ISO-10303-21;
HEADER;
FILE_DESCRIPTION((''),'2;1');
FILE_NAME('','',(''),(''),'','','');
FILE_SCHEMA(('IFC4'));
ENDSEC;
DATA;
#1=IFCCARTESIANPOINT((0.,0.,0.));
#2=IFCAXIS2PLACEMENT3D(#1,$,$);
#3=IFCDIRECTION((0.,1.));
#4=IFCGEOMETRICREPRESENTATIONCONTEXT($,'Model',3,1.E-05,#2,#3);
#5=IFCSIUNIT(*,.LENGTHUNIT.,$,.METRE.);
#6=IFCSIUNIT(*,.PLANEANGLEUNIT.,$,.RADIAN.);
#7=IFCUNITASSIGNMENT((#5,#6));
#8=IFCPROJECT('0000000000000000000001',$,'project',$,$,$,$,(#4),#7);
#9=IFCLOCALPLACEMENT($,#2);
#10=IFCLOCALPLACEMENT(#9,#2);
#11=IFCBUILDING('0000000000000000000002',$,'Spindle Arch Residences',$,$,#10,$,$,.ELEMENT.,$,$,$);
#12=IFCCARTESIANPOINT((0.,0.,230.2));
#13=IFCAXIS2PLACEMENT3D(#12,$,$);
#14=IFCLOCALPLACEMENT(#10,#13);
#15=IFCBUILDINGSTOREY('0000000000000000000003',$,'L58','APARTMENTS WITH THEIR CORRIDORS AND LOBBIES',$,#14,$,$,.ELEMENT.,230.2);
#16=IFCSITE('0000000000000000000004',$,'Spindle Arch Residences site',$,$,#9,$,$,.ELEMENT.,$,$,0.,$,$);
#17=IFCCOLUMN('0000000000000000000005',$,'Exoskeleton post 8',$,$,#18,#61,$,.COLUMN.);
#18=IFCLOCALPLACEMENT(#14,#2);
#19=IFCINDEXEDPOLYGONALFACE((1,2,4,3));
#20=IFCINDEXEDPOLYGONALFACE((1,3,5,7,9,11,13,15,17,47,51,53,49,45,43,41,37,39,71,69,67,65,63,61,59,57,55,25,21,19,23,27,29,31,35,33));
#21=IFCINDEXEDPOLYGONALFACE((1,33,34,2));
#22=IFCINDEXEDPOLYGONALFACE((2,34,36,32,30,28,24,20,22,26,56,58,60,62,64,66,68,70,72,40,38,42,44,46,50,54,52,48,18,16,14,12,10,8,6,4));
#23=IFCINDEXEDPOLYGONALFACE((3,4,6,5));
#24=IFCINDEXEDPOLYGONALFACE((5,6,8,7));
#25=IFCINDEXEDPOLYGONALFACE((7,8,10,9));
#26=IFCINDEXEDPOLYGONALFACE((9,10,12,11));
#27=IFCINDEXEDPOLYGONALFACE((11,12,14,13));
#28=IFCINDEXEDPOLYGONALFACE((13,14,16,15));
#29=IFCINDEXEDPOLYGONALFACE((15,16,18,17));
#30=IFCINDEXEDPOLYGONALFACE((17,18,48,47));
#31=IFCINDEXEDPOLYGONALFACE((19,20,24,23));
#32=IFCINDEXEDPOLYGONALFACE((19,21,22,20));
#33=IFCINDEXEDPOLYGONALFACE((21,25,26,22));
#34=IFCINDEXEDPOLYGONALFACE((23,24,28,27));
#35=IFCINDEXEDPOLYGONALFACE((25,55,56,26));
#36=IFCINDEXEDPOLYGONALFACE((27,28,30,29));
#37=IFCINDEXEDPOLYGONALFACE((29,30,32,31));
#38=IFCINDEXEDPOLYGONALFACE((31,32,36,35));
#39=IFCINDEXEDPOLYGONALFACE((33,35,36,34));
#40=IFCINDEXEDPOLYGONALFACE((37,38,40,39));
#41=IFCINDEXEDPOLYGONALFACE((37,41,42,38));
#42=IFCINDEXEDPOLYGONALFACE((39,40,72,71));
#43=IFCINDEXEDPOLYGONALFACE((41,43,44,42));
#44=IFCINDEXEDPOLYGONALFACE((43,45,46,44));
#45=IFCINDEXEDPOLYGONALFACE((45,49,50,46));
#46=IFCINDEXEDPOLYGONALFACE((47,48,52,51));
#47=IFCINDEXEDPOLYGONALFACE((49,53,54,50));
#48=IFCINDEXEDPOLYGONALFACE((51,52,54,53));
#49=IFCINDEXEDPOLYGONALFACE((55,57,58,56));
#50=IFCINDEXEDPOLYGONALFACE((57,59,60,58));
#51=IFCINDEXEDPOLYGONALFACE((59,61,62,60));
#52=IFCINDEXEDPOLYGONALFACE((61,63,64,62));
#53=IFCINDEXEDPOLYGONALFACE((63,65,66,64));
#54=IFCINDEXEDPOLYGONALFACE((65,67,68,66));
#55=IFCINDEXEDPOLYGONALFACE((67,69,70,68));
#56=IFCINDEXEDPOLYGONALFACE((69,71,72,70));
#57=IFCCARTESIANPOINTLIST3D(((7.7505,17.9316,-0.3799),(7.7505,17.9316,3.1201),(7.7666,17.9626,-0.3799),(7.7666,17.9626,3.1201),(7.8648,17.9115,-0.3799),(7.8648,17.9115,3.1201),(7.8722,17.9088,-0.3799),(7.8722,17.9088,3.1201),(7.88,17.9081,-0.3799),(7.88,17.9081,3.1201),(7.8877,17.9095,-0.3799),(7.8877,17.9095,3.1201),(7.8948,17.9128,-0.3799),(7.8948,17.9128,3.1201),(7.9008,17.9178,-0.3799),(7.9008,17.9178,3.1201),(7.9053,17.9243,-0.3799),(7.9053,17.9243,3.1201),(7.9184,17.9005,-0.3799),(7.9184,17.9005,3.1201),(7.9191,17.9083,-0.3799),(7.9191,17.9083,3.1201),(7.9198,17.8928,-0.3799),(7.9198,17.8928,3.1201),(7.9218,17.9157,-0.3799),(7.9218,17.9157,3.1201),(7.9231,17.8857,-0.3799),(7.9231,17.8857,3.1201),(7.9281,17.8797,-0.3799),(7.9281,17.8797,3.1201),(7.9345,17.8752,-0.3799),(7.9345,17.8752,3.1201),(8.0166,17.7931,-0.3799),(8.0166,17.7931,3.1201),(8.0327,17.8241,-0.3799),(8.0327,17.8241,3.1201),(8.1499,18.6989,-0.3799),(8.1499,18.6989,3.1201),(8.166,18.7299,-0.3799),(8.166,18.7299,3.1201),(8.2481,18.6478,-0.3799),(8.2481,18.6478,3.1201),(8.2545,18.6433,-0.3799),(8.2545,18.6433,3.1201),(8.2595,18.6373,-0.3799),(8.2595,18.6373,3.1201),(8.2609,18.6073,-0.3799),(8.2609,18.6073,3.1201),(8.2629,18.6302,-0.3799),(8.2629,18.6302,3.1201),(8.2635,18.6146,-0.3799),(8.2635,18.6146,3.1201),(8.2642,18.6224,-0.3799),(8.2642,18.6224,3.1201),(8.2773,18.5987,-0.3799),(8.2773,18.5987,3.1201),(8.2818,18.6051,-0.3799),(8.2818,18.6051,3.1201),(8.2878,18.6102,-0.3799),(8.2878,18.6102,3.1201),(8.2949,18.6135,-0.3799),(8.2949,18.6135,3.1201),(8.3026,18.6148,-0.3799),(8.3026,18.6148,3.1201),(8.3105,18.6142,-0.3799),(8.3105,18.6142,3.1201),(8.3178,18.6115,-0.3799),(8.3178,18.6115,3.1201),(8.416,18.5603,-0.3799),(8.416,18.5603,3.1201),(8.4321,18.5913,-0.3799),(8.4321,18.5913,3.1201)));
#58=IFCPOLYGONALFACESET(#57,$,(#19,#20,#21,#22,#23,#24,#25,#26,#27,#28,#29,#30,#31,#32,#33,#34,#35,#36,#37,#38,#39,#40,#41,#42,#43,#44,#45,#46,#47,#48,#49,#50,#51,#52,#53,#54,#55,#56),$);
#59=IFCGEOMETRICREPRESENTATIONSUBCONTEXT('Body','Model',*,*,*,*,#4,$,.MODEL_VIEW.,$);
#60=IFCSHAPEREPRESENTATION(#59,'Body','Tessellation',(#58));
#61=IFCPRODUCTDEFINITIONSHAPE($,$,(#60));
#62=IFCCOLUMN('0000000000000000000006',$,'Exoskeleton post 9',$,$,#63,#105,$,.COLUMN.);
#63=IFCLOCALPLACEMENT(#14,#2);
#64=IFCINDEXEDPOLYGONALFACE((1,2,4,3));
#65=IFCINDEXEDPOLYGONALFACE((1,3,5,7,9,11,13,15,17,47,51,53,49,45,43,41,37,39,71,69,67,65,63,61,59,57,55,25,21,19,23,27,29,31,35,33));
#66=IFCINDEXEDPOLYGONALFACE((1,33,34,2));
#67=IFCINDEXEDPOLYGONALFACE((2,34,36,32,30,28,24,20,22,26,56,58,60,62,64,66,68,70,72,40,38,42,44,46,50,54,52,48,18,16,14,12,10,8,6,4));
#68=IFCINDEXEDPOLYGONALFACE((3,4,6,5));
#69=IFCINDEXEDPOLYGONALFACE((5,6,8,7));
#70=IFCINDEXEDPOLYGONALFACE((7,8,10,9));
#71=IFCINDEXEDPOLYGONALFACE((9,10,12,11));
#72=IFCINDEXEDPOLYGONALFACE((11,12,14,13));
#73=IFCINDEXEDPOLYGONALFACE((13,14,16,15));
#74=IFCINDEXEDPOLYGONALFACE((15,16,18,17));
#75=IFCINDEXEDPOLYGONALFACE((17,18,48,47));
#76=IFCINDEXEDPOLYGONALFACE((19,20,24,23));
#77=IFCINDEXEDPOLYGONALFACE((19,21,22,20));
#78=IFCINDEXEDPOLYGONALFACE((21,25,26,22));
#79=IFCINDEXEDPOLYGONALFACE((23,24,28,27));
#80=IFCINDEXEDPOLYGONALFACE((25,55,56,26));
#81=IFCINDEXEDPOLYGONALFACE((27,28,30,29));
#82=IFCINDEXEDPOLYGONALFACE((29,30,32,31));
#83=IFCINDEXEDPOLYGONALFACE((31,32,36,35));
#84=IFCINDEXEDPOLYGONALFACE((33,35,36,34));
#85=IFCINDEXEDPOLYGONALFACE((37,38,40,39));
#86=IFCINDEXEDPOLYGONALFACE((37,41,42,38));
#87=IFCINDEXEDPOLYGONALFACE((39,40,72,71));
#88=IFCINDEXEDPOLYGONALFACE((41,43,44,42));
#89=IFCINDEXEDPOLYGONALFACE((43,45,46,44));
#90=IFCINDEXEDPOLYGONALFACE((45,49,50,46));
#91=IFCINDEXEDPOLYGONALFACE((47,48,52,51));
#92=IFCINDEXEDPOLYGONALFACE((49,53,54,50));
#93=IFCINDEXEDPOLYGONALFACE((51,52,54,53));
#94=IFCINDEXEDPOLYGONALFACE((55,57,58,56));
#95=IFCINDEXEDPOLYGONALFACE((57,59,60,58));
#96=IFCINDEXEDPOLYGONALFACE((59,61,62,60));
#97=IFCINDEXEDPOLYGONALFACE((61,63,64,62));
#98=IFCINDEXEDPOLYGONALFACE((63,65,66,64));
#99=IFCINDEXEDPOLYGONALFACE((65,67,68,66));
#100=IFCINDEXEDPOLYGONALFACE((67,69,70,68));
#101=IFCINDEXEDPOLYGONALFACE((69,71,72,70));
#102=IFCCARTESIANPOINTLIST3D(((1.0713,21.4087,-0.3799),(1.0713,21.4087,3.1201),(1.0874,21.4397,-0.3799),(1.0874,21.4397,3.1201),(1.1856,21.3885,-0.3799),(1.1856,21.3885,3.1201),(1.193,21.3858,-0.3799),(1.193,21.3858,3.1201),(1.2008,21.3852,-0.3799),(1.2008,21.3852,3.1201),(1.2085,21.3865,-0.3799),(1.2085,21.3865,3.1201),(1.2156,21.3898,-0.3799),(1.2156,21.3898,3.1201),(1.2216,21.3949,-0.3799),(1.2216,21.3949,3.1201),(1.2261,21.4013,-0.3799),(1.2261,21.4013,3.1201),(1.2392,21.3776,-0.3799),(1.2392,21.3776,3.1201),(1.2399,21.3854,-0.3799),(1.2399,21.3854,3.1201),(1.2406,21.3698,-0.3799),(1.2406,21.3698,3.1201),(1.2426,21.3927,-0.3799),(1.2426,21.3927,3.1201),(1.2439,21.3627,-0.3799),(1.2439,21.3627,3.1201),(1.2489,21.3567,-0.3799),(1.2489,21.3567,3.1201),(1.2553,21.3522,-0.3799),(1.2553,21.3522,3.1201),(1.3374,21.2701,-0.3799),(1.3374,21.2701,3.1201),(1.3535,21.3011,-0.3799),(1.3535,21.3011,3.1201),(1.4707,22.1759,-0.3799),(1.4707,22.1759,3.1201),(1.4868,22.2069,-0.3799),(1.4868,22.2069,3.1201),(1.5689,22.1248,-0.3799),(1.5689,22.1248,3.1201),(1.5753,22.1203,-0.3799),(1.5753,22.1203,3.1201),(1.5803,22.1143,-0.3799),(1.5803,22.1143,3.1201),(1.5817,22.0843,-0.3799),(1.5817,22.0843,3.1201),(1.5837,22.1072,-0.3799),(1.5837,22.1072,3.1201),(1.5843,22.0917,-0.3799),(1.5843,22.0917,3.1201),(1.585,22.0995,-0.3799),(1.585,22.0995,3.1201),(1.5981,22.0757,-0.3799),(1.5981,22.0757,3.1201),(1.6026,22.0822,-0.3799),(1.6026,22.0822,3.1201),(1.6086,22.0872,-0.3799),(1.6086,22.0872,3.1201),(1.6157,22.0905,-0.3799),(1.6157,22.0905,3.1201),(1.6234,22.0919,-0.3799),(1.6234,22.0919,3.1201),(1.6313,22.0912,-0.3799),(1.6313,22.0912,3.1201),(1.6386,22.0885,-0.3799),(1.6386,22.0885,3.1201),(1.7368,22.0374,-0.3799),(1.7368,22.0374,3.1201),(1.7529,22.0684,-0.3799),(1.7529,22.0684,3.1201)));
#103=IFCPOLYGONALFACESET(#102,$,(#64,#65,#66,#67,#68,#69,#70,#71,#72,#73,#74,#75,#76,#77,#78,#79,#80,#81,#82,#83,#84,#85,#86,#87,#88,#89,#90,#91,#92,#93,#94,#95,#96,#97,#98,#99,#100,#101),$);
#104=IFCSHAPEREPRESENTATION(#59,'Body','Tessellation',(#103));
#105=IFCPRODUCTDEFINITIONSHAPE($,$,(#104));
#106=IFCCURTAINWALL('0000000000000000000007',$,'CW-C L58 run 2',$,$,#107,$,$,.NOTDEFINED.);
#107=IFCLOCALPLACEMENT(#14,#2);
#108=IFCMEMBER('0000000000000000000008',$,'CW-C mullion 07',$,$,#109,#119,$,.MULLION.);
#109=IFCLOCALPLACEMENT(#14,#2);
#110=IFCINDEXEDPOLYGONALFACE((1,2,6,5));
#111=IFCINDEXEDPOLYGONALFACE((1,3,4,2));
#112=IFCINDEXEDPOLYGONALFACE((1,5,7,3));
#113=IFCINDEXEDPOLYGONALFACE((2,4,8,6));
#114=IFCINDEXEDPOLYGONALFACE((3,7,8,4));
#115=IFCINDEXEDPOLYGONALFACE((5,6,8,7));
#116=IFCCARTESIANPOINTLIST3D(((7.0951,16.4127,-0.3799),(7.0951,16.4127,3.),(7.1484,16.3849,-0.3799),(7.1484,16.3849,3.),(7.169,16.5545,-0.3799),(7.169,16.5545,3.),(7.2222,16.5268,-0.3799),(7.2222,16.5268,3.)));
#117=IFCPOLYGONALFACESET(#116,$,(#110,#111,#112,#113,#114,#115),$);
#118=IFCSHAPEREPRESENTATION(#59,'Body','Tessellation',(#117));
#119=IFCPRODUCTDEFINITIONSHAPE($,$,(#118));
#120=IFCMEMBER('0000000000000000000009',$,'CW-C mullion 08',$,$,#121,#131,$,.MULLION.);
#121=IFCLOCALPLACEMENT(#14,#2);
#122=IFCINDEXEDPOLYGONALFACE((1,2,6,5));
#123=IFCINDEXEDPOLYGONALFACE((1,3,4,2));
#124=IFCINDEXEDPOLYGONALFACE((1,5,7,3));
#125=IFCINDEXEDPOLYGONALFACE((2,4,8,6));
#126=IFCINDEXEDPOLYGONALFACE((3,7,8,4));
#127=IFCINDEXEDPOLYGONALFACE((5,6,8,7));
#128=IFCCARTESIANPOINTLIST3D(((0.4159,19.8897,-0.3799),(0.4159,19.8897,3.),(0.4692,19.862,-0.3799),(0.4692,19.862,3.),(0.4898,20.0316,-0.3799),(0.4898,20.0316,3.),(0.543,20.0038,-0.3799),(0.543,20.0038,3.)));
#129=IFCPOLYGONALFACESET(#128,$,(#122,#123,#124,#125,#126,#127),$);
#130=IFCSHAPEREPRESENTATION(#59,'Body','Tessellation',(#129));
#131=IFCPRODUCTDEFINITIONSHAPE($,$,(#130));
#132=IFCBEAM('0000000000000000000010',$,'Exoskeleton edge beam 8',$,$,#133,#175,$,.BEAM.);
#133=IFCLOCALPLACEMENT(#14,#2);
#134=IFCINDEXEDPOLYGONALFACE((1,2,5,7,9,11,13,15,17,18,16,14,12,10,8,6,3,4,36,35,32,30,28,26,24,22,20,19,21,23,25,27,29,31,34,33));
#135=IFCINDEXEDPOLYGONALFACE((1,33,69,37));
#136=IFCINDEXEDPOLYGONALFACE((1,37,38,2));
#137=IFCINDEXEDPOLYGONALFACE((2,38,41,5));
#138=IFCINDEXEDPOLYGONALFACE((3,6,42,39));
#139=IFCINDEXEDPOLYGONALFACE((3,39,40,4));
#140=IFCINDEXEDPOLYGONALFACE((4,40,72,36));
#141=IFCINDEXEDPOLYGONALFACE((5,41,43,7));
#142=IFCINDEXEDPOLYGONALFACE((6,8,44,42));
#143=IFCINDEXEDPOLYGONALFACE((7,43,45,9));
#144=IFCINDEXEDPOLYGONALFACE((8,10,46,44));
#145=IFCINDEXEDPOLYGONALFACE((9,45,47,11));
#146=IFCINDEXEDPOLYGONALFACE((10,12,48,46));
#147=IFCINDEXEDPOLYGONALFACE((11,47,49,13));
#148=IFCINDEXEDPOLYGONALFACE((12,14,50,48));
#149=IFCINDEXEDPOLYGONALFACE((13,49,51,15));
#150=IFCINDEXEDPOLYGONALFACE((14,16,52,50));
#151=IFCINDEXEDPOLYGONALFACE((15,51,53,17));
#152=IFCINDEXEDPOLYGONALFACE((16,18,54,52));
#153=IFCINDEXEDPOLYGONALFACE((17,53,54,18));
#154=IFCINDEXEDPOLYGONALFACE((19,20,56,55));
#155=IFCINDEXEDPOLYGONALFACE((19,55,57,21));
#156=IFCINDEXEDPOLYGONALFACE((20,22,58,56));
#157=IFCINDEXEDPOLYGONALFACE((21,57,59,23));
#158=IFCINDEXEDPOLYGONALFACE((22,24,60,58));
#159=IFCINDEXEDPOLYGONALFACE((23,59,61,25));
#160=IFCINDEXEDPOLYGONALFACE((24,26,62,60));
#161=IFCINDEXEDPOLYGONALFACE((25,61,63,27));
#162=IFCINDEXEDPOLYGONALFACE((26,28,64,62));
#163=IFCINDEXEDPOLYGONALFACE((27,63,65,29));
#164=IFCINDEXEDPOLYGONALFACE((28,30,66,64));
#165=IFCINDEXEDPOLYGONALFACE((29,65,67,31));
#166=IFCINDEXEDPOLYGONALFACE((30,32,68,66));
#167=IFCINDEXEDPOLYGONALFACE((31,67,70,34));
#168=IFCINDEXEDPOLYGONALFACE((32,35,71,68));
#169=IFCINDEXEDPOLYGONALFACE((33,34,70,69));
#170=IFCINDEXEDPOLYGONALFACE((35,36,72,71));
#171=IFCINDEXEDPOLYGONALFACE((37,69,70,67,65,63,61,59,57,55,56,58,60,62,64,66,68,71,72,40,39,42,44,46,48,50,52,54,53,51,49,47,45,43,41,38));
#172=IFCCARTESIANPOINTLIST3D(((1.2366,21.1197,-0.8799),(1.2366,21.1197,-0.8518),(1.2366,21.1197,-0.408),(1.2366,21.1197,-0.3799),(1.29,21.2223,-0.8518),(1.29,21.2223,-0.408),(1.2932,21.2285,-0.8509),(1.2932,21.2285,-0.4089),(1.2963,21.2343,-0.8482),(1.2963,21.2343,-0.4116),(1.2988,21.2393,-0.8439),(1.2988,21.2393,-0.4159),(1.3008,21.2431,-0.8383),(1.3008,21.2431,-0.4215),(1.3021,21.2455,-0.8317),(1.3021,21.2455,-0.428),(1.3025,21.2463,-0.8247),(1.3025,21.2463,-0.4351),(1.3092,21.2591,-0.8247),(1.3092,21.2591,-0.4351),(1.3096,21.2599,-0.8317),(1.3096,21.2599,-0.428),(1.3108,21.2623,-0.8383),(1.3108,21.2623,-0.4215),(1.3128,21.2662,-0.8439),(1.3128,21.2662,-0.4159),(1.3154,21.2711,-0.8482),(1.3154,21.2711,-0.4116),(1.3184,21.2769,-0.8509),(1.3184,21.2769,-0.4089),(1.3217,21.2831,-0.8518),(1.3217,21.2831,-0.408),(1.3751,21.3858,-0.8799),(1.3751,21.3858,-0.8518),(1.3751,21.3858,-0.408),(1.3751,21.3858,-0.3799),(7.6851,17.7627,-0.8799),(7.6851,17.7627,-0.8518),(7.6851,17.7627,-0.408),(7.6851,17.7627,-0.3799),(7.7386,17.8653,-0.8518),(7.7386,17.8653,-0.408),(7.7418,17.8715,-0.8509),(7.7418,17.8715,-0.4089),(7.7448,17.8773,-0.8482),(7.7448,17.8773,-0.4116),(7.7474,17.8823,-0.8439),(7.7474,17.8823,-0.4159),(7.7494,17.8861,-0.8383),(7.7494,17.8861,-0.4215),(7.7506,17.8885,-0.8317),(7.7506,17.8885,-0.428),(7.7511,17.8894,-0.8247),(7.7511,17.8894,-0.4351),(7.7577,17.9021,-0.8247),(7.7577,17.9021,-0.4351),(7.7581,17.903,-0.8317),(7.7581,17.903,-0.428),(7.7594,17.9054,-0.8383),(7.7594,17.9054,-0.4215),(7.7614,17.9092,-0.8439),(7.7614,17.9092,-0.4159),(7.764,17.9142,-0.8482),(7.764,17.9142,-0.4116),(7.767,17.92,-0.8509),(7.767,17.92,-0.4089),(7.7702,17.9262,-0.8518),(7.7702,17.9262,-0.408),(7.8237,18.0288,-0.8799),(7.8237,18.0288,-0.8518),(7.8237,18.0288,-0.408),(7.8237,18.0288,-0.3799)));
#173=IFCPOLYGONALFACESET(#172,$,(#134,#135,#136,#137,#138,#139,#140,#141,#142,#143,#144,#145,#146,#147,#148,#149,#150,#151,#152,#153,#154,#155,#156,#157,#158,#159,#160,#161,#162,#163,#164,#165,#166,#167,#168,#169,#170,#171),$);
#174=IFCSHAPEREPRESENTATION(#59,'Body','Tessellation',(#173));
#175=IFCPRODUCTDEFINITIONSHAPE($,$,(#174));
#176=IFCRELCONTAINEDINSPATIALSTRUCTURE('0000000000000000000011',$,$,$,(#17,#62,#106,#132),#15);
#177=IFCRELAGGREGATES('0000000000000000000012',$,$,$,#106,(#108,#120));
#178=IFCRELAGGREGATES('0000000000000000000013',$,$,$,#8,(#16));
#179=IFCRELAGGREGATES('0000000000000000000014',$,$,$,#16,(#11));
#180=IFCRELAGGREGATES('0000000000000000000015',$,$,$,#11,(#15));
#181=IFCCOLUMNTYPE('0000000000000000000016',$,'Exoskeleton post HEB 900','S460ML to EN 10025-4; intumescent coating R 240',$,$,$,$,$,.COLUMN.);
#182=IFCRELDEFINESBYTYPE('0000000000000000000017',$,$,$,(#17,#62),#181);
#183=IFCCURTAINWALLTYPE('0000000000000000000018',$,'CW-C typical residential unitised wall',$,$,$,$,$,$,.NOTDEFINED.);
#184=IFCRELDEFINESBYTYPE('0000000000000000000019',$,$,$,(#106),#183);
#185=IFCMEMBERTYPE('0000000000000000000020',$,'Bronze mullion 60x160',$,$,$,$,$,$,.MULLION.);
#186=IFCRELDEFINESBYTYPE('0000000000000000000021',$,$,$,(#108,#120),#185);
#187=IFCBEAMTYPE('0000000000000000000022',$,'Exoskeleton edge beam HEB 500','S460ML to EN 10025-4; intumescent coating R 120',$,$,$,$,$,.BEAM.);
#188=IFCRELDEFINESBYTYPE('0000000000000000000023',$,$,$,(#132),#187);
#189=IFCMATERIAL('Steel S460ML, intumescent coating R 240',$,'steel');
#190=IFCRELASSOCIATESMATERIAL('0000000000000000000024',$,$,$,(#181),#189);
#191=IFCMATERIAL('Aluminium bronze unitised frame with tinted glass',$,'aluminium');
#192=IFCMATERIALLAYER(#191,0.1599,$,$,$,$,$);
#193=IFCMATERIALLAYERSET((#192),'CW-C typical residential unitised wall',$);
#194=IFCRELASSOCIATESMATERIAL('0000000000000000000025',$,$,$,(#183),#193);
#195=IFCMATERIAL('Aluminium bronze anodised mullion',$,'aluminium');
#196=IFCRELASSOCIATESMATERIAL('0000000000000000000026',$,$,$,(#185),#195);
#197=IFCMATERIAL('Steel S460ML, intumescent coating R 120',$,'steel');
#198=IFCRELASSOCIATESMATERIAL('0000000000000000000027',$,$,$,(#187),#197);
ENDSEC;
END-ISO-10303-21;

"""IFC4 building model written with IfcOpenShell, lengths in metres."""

from ifc_helpers import new_model, si_unit, direction, frame, origin, origin_2d, place, context, subcontext, project, spatial, rectangle, i_section, extrude, material, layer, layer_set, material_profile, profile_set, type_object, element, aggregate, save


model = new_model("IFC4")

# Units and contexts
model_context = context("Model", 3, precision=1e-05, world=origin(), true_north=direction((0.0, 1.0)))
body_context = subcontext(model_context, "Body", "Model", "MODEL_VIEW")
ifc_project = project(units=[si_unit("LENGTHUNIT", "METRE"), si_unit("PLANEANGLEUNIT", "RADIAN")], contexts=[model_context])

# Site, building, storey
site_placement = place(None, origin())
site = spatial("IfcSite", under=ifc_project, at=site_placement, Name="Spindle Arch Residences site", CompositionType="ELEMENT", RefElevation=0.0)
building_placement = place(site_placement, origin())
building = spatial("IfcBuilding", under=site, at=building_placement, Name="Spindle Arch Residences", CompositionType="ELEMENT")
storey_placement = place(building_placement, frame((0.0, 0.0, 230.2)))
storey = spatial("IfcBuildingStorey", under=building, at=storey_placement, Name="L58", Description="APARTMENTS WITH THEIR CORRIDORS AND LOBBIES", CompositionType="ELEMENT", Elevation=230.2)

# Columns
ifc_material_1 = material(Name="Steel S460ML, intumescent coating R 240", Category="steel")
ifc_material_profile_1 = material_profile(ifc_material_1, i_section(OverallWidth=0.3, OverallDepth=0.8999, WebThickness=0.0186, FlangeThickness=0.0349, FilletRadius=0.03, at=origin_2d()), Name="HEB 900")
ifc_profile_set_1 = profile_set([ifc_material_profile_1], Name="Steel S460ML, intumescent coating R 240")
column_type = type_object("IfcColumnType", Name="Exoskeleton post HEB 900", Description="S460ML to EN 10025-4; intumescent coating R 240", PredefinedType="COLUMN", material=ifc_profile_set_1)
for number, where, z_axis, x_axis, name in (
    (1, (8.0913, 18.2615, -0.3799), (0.0, 0.0, 1.0), (0.887011, -0.461749, 0.0), "Exoskeleton post 8"),
    (2, (1.4121, 21.7385, -0.3799), (0.0, 0.0, 1.0), (0.887011, -0.461749, 0.0), "Exoskeleton post 9"),
):
    element("IfcColumn", number, at=place(storey_placement, frame(where, z_axis=z_axis, x_axis=x_axis)), inside=storey, type_object=column_type, Name=name, PredefinedType="COLUMN", context=body_context, shape_type="SweptSolid", body=[
        extrude(i_section(OverallWidth=0.3, OverallDepth=0.8999, WebThickness=0.0186, FlangeThickness=0.0349, FilletRadius=0.03, at=origin_2d()), origin(), (0.0, 0.0, 1.0), 3.5),
    ])

# Curtain wall, members
ifc_material_2 = material(Name="Aluminium bronze unitised frame with tinted glass", Category="aluminium")
ifc_layer_1 = layer(ifc_material_2, 0.1599)
ifc_layer_set_1 = layer_set([ifc_layer_1], Name="CW-C typical residential unitised wall")
curtain_wall_type = type_object("IfcCurtainWallType", Name="CW-C typical residential unitised wall", PredefinedType="NOTDEFINED", material=ifc_layer_set_1)
curtain_wall_placement = place(storey_placement, origin())
curtain_wall = element("IfcCurtainWall", 3, at=curtain_wall_placement, inside=storey, type_object=curtain_wall_type, Name="CW-C L58 run 2", PredefinedType="NOTDEFINED")
ifc_material_3 = material(Name="Aluminium bronze anodised mullion", Category="aluminium")
ifc_material_profile_2 = material_profile(ifc_material_3, rectangle(XDim=0.1599, YDim=0.0601, at=origin_2d()), Name="MU 60x160")
ifc_profile_set_2 = profile_set([ifc_material_profile_2], Name="Aluminium bronze anodised mullion")
member_type = type_object("IfcMemberType", Name="Bronze mullion 60x160", PredefinedType="MULLION", material=ifc_profile_set_2)
member_1_placement = place(storey_placement, frame((7.1587, 16.4697, -0.3799), z_axis=(0.0, 0.0, 1.0), x_axis=(-0.461749, -0.887011, 0.0)))
member_1 = element("IfcMember", 4, at=member_1_placement, type_object=member_type, Name="CW-C mullion 07", PredefinedType="MULLION", context=body_context, shape_type="SweptSolid", body=[
    extrude(rectangle(XDim=0.1599, YDim=0.0601, at=origin_2d()), origin(), (0.0, 0.0, 1.0), 3.3799),
])
member_2_placement = place(storey_placement, frame((0.4795, 19.9468, -0.3799), z_axis=(0.0, 0.0, 1.0), x_axis=(-0.461749, -0.887011, 0.0)))
member_2 = element("IfcMember", 5, at=member_2_placement, type_object=member_type, Name="CW-C mullion 08", PredefinedType="MULLION", context=body_context, shape_type="SweptSolid", body=[
    extrude(rectangle(XDim=0.1599, YDim=0.0601, at=origin_2d()), origin(), (0.0, 0.0, 1.0), 3.3799),
])

# Beam
ifc_material_4 = material(Name="Steel S460ML, intumescent coating R 120", Category="steel")
ifc_material_profile_3 = material_profile(ifc_material_4, i_section(OverallWidth=0.3, OverallDepth=0.5, WebThickness=0.0144, FlangeThickness=0.0281, FilletRadius=0.0271, at=origin_2d()), Name="HEB 500")
ifc_profile_set_3 = profile_set([ifc_material_profile_3], Name="Steel S460ML, intumescent coating R 120")
beam_type_1 = type_object("IfcBeamType", Name="Exoskeleton edge beam HEB 500", Description="S460ML to EN 10025-4; intumescent coating R 120", PredefinedType="BEAM", material=ifc_profile_set_3)
for number, where, z_axis, x_axis, name in (
    (6, (7.7544, 17.8958, -0.6299), (-0.887007, 0.461756, 0.0), (-0.461756, -0.887007, 0.0), "Exoskeleton edge beam 8"),
):
    element("IfcBeam", number, at=place(storey_placement, frame(where, z_axis=z_axis, x_axis=x_axis)), inside=storey, type_object=beam_type_1, Name=name, PredefinedType="BEAM", context=body_context, shape_type="SweptSolid", body=[
        extrude(i_section(OverallWidth=0.3, OverallDepth=0.5, WebThickness=0.0144, FlangeThickness=0.0281, FilletRadius=0.0271, at=origin_2d()), origin(), (0.0, 0.0, 1.0), 7.27),
    ])

aggregate(curtain_wall, [member_1, member_2])

save(model, "model.ifc")
